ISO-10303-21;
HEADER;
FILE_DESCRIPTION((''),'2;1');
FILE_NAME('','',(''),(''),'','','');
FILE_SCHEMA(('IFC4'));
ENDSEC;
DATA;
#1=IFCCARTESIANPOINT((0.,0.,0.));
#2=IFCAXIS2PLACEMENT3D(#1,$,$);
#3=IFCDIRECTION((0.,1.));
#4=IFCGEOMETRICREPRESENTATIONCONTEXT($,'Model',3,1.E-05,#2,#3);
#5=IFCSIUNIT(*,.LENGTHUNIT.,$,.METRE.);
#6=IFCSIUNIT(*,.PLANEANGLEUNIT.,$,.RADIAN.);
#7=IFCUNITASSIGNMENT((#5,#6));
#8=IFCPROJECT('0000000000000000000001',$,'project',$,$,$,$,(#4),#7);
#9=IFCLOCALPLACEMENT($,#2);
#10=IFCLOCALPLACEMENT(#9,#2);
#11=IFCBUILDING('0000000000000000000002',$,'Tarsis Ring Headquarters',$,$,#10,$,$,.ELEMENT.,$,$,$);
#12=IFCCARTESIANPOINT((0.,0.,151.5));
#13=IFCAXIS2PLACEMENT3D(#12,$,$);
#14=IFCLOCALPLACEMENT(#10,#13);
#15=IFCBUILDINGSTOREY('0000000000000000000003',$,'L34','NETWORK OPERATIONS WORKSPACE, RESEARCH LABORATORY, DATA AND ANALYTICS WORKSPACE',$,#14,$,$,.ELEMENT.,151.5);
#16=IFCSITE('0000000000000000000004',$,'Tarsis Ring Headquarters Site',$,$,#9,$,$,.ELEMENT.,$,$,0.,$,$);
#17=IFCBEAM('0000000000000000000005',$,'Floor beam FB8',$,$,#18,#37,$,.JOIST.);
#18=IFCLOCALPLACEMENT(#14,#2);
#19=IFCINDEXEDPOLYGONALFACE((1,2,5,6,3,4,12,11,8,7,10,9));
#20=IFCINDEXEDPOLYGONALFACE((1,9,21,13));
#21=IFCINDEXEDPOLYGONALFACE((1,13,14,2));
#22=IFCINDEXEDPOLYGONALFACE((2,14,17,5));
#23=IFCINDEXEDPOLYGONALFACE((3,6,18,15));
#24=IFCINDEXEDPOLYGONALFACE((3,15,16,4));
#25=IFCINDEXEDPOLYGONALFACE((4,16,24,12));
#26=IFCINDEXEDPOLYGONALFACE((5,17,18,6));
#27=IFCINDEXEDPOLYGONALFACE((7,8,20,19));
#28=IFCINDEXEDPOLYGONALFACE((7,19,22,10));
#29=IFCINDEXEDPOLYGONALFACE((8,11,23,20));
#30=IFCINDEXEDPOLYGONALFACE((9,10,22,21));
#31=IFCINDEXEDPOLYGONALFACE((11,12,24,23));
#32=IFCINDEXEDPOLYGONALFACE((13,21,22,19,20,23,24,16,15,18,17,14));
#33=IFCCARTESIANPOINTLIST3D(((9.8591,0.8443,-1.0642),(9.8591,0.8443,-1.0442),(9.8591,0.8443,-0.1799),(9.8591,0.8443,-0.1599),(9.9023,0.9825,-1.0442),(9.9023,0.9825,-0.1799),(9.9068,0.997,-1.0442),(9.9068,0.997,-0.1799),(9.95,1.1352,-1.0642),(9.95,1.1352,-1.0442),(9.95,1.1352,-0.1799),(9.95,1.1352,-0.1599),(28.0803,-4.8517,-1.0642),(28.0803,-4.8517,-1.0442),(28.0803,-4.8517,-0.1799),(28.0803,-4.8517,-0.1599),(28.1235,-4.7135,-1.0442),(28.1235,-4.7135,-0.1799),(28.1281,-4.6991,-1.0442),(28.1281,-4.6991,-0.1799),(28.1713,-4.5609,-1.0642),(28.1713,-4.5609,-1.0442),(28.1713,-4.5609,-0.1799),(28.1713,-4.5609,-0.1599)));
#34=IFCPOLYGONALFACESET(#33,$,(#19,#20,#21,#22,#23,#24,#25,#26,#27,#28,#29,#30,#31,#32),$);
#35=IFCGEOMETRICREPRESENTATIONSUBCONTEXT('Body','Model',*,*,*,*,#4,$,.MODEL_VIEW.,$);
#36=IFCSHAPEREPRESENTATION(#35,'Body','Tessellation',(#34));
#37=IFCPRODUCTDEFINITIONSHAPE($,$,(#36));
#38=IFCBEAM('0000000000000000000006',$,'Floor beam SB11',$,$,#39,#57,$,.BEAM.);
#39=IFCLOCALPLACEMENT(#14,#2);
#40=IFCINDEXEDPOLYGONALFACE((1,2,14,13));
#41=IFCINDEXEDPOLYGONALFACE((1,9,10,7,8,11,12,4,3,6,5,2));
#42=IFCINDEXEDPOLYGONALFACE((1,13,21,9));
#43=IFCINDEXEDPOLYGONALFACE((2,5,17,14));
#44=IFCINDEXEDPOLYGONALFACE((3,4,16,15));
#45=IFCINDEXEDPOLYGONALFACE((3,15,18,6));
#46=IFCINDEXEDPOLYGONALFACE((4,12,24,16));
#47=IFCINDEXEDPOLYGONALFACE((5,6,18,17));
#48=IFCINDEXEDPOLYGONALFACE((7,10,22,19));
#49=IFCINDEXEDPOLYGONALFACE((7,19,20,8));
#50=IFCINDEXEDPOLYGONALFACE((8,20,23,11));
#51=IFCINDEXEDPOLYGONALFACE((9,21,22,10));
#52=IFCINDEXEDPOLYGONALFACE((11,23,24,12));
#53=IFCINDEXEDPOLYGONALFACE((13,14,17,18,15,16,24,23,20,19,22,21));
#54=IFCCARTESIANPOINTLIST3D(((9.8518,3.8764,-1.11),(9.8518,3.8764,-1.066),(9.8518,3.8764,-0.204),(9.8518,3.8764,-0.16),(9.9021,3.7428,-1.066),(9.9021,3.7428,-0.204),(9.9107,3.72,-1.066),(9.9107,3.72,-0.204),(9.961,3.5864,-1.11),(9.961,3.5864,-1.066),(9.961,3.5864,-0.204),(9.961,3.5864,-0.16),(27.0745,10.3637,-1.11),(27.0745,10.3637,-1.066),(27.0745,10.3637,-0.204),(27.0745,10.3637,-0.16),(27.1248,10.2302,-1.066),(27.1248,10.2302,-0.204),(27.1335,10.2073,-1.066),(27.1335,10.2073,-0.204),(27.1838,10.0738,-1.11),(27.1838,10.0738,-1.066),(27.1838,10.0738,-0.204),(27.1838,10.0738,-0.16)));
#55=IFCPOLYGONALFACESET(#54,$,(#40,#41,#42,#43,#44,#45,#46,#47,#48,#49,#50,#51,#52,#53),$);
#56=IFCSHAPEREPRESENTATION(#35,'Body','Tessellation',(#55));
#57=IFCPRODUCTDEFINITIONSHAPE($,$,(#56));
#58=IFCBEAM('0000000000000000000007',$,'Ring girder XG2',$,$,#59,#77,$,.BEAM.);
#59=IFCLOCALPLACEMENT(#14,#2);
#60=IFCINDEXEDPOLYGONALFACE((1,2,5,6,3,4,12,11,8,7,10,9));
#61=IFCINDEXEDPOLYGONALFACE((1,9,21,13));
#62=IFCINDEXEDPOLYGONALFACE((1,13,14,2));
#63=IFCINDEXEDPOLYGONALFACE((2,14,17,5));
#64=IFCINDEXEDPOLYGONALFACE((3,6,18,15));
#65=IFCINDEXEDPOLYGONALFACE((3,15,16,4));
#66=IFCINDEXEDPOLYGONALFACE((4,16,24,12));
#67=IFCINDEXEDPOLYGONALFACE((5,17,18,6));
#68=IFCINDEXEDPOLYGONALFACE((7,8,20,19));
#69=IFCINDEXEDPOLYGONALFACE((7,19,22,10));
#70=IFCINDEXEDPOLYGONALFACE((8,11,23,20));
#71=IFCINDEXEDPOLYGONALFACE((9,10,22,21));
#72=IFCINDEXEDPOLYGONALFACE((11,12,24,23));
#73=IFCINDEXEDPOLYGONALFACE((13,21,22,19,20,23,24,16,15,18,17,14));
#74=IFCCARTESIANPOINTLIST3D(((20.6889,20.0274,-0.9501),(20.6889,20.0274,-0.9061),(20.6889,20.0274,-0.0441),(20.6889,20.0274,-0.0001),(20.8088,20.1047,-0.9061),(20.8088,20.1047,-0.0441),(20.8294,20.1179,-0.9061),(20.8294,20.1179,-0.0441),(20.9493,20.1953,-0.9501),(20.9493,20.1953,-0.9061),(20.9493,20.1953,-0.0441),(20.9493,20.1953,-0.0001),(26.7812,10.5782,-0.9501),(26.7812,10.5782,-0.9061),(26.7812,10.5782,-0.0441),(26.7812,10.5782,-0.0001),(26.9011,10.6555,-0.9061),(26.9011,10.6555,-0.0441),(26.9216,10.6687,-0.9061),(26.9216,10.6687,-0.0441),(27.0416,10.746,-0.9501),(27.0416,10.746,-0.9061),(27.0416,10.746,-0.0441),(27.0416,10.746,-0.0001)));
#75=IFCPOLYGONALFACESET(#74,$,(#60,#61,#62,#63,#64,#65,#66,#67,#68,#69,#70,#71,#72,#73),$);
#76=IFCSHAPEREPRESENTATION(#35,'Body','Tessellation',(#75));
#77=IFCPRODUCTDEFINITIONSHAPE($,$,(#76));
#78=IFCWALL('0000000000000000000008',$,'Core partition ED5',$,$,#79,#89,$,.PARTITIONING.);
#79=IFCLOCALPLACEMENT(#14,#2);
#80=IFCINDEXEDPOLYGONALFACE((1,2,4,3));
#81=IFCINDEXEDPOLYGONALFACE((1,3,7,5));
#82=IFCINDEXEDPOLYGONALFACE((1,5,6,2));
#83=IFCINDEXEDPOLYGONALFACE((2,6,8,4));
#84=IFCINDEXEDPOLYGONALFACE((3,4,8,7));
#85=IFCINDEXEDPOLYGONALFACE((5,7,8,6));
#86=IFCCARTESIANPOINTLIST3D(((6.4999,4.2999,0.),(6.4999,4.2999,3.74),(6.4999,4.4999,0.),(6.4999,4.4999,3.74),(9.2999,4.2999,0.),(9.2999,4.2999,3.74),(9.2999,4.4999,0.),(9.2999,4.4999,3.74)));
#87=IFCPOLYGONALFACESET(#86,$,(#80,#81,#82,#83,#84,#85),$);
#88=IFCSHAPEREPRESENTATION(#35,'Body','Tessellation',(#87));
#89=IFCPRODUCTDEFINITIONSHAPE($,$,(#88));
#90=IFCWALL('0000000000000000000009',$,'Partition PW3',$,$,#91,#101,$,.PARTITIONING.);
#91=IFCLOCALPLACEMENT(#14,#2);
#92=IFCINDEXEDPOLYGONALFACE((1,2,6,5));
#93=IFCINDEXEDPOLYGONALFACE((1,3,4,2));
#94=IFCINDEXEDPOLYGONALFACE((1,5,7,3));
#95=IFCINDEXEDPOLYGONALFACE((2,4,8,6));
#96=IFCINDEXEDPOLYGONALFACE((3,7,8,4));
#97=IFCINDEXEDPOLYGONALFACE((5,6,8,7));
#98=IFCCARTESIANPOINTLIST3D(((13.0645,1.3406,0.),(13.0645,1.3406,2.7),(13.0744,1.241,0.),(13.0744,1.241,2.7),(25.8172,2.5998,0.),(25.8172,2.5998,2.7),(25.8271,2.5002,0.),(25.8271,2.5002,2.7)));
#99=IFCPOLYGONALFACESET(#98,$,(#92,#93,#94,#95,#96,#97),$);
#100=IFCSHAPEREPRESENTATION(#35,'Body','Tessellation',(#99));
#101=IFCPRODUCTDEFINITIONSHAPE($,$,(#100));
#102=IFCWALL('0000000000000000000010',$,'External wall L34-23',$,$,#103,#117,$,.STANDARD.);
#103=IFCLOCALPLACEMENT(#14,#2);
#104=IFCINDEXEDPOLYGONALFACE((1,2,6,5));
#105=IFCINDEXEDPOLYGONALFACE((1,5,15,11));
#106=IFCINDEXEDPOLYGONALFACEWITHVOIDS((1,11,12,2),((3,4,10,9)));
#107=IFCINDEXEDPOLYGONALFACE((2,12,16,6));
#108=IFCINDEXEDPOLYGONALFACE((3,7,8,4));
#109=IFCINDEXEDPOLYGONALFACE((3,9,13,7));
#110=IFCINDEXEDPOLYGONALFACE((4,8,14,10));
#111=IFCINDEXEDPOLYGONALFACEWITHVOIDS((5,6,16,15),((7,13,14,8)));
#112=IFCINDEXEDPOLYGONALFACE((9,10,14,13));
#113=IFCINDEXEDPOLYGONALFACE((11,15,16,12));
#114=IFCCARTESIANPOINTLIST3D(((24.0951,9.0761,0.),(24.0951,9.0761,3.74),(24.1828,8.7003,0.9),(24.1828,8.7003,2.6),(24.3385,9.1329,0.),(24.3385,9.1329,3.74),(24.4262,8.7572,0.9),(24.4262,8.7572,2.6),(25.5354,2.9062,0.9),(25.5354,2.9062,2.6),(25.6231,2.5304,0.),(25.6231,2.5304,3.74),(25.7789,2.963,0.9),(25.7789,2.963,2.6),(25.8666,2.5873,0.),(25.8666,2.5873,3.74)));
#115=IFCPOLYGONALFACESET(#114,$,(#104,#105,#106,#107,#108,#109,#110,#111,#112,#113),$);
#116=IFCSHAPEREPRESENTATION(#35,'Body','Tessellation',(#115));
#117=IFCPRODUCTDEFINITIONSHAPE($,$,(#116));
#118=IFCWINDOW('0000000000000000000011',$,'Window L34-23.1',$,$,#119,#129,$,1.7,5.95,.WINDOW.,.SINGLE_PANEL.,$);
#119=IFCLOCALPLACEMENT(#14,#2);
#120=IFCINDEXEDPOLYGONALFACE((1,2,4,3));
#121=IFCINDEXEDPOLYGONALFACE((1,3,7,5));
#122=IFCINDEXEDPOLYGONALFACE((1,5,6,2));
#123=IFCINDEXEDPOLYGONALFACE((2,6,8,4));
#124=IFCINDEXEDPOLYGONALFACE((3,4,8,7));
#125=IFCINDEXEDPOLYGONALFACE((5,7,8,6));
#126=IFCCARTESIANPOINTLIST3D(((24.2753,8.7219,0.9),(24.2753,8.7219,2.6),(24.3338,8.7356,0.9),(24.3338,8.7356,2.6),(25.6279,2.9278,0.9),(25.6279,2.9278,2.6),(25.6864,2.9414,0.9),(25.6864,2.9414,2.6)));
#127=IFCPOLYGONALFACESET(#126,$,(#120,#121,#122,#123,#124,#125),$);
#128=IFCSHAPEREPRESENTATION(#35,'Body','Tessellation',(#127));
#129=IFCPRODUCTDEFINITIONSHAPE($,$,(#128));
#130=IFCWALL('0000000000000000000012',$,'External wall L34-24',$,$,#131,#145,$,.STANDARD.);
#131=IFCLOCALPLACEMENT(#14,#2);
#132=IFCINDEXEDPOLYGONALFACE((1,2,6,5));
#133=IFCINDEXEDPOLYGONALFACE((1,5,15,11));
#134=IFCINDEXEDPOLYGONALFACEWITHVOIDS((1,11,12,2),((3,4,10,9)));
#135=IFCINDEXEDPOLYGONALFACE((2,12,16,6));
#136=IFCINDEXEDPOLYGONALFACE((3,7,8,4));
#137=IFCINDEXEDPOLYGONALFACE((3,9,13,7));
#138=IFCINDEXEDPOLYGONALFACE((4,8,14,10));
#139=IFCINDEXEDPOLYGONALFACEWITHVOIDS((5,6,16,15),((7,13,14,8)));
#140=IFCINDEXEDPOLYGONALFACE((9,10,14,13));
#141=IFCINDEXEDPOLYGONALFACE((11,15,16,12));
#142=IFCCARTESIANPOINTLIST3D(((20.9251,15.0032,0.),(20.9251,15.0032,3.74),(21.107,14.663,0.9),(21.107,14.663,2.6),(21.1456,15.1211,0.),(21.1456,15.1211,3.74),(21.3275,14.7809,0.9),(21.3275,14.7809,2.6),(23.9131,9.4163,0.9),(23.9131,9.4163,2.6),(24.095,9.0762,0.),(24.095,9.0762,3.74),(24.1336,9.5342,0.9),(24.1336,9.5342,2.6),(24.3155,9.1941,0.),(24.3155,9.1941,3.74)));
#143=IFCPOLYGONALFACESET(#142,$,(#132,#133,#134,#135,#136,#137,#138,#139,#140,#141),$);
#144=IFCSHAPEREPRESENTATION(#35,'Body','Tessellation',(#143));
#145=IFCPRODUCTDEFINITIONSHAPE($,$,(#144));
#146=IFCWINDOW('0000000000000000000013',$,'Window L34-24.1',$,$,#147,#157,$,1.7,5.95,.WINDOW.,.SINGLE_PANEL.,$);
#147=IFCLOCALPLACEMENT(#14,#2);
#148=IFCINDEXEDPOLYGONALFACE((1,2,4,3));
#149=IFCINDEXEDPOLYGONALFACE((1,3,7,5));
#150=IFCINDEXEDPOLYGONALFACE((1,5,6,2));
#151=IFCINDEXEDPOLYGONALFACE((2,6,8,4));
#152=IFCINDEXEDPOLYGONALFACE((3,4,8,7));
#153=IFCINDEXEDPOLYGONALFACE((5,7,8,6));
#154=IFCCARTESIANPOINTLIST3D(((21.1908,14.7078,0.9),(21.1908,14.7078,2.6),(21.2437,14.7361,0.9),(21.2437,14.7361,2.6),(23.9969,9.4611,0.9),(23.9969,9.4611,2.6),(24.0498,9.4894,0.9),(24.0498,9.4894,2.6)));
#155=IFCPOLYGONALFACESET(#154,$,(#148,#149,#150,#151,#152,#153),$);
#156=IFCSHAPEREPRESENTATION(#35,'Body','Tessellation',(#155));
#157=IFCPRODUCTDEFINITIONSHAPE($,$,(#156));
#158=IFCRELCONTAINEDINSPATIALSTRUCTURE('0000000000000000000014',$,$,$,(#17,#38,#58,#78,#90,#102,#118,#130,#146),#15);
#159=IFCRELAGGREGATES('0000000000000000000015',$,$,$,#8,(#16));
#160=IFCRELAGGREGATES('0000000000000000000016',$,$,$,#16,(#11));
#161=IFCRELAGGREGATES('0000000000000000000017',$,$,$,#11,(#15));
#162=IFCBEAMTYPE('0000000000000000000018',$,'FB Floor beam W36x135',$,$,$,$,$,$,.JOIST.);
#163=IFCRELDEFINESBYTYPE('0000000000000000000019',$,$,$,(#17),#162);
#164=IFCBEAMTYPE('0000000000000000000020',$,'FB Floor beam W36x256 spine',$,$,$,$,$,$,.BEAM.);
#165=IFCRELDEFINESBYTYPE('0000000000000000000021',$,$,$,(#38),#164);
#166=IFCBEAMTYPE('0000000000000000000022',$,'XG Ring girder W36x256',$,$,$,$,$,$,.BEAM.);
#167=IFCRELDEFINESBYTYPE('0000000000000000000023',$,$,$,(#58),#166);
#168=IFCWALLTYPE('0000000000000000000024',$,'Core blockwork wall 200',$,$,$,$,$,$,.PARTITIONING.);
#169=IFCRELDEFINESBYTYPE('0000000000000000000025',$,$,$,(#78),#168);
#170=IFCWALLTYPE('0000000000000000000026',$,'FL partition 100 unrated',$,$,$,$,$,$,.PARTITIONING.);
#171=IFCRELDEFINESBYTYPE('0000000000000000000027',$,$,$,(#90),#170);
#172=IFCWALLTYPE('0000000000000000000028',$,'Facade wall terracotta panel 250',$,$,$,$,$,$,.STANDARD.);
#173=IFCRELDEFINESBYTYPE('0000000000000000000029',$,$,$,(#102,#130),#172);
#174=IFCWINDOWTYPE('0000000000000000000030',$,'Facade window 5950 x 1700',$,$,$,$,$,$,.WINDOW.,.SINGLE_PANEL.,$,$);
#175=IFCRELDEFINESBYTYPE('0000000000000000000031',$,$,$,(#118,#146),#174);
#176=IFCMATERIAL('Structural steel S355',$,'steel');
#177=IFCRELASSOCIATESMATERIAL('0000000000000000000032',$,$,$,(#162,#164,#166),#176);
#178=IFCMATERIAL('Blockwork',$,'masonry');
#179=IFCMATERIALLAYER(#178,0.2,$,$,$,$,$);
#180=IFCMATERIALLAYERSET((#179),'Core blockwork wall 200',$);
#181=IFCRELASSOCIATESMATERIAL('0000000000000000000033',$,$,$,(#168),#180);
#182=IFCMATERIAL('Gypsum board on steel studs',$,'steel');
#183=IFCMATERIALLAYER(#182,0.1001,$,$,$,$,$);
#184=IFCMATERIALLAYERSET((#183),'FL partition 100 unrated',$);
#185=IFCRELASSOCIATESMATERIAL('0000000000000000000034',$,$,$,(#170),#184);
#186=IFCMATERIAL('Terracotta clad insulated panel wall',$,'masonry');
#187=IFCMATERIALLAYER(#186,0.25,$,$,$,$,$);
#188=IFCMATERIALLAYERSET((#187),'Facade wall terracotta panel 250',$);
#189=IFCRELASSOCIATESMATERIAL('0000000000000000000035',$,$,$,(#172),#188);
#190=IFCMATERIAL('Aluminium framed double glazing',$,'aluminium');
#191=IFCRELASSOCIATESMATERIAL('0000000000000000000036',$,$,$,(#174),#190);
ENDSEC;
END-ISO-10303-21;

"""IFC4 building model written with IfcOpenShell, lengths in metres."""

from ifc_helpers import new_model, si_unit, direction, frame, frame_2d, origin, origin_2d, place, context, subcontext, project, spatial, rectangle, i_section, extrude, material, layer, layer_set, material_profile, profile_set, type_object, element, fill, save


model = new_model("IFC4")

# Units and contexts
model_context = context("Model", 3, precision=1e-05, world=origin(), true_north=direction((0.0, 1.0)))
body_context = subcontext(model_context, "Body", "Model", "MODEL_VIEW")
ifc_project = project(units=[si_unit("LENGTHUNIT", "METRE"), si_unit("PLANEANGLEUNIT", "RADIAN")], contexts=[model_context])

# Site, building, storey
site_placement = place(None, origin())
site = spatial("IfcSite", under=ifc_project, at=site_placement, Name="Tarsis Ring Headquarters Site", CompositionType="ELEMENT", RefElevation=0.0)
building_placement = place(site_placement, origin())
building = spatial("IfcBuilding", under=site, at=building_placement, Name="Tarsis Ring Headquarters", CompositionType="ELEMENT")
storey_placement = place(building_placement, frame((0.0, 0.0, 151.5)))
storey = spatial("IfcBuildingStorey", under=building, at=storey_placement, Name="L34", Description="NETWORK OPERATIONS WORKSPACE, RESEARCH LABORATORY, DATA AND ANALYTICS WORKSPACE", CompositionType="ELEMENT", Elevation=151.5)

# Shared definitions
ifc_material_1 = material(Name="Structural steel S355", Category="steel")

# Beams
ifc_material_profile_1 = material_profile(ifc_material_1, i_section(OverallWidth=0.3047, OverallDepth=0.9043, WebThickness=0.0151, FlangeThickness=0.02, at=origin_2d()), Name="W36x135")
ifc_profile_set_1 = profile_set([ifc_material_profile_1], Name="Structural steel S355")
beam_type_1 = type_object("IfcBeamType", Name="FB Floor beam W36x135", PredefinedType="JOIST", material=ifc_profile_set_1)
beam_1_placement = place(storey_placement, frame((9.9045, 0.9897, -0.6121), z_axis=(0.954451, -0.298367, 0.0), x_axis=(0.298367, 0.954451, 0.0)))
element("IfcBeam", 1, at=beam_1_placement, inside=storey, type_object=beam_type_1, Name="Floor beam FB8", PredefinedType="JOIST", context=body_context, shape_type="SweptSolid", body=[
    extrude(i_section(OverallWidth=0.3047, OverallDepth=0.9043, WebThickness=0.0151, FlangeThickness=0.02, at=origin_2d()), origin(), (0.0, 0.0, 1.0), 19.0908),
])
ifc_material_profile_2 = material_profile(ifc_material_1, i_section(OverallWidth=0.3098, OverallDepth=0.95, WebThickness=0.0244, FlangeThickness=0.0439, at=origin_2d()), Name="W36x256")
ifc_profile_set_2 = profile_set([ifc_material_profile_2], Name="Structural steel S355")
beam_type_2 = type_object("IfcBeamType", Name="FB Floor beam W36x256 spine", PredefinedType="BEAM", material=ifc_profile_set_2)
beam_2_placement = place(storey_placement, frame((27.1292, 10.2188, -0.635), z_axis=(-0.935814, -0.352495, 0.0), x_axis=(0.352495, -0.935814, 0.0)))
element("IfcBeam", 2, at=beam_2_placement, inside=storey, type_object=beam_type_2, Name="Floor beam SB11", PredefinedType="BEAM", context=body_context, shape_type="SweptSolid", body=[
    extrude(i_section(OverallWidth=0.3098, OverallDepth=0.95, WebThickness=0.0244, FlangeThickness=0.0439, at=origin_2d()), origin(), (0.0, 0.0, 1.0), 18.4041),
])
beam_type_3 = type_object("IfcBeamType", Name="XG Ring girder W36x256", PredefinedType="BEAM", material=ifc_profile_set_2)
beam_3_placement = place(storey_placement, frame((26.9114, 10.6621, -0.4751), z_axis=(-0.541877, 0.840458, 0.0), x_axis=(-0.840458, -0.541877, 0.0)))
element("IfcBeam", 3, at=beam_3_placement, inside=storey, type_object=beam_type_3, Name="Ring girder XG2", PredefinedType="BEAM", context=body_context, shape_type="SweptSolid", body=[
    extrude(i_section(OverallWidth=0.3098, OverallDepth=0.95, WebThickness=0.0244, FlangeThickness=0.0439, at=origin_2d()), origin(), (0.0, 0.0, 1.0), 11.2429),
])

# Walls
ifc_material_2 = material(Name="Blockwork", Category="masonry")
ifc_layer_1 = layer(ifc_material_2, 0.2)
ifc_layer_set_1 = layer_set([ifc_layer_1], Name="Core blockwork wall 200")
wall_type_1 = type_object("IfcWallType", Name="Core blockwork wall 200", PredefinedType="PARTITIONING", material=ifc_layer_set_1)
wall_1_placement = place(storey_placement, frame((6.5, 4.3999, 0.0), z_axis=(0.0, 0.0, 1.0), x_axis=(1.0, 0.0, 0.0)))
element("IfcWall", 4, at=wall_1_placement, inside=storey, type_object=wall_type_1, Name="Core partition ED5", PredefinedType="PARTITIONING", context=body_context, shape_type="SweptSolid", body=[
    extrude(rectangle(XDim=2.8, YDim=0.2, at=frame_2d((1.3999, 0.0))), origin(), (0.0, 0.0, 1.0), 3.74),
])
ifc_material_3 = material(Name="Gypsum board on steel studs", Category="steel")
ifc_layer_2 = layer(ifc_material_3, 0.1001)
ifc_layer_set_2 = layer_set([ifc_layer_2], Name="FL partition 100 unrated")
wall_type_2 = type_object("IfcWallType", Name="FL partition 100 unrated", PredefinedType="PARTITIONING", material=ifc_layer_set_2)
wall_2_placement = place(storey_placement, frame((13.0696, 1.2908, 0.0), z_axis=(0.0, 0.0, 1.0), x_axis=(0.99516, 0.098268, 0.0)))
element("IfcWall", 5, at=wall_2_placement, inside=storey, type_object=wall_type_2, Name="Partition PW3", PredefinedType="PARTITIONING", context=body_context, shape_type="SweptSolid", body=[
    extrude(rectangle(XDim=12.8147, YDim=0.1001, at=frame_2d((6.4072, 0.0))), origin(), (0.0, 0.0, 1.0), 2.7),
])

# Walls, openings, windows
ifc_material_4 = material(Name="Terracotta clad insulated panel wall", Category="masonry")
ifc_layer_3 = layer(ifc_material_4, 0.25)
ifc_layer_set_3 = layer_set([ifc_layer_3], Name="Facade wall terracotta panel 250")
wall_type_3 = type_object("IfcWallType", Name="Facade wall terracotta panel 250", PredefinedType="STANDARD", material=ifc_layer_set_3)
wall_3_placement = place(storey_placement, frame((25.7449, 2.5588, 0.0), z_axis=(0.0, 0.0, 1.0), x_axis=(-0.227336, 0.973816, 0.0)))
wall_3 = element("IfcWall", 6, at=wall_3_placement, inside=storey, type_object=wall_type_3, Name="External wall L34-23", PredefinedType="STANDARD", context=body_context, shape_type="SweptSolid", body=[
    extrude(rectangle(XDim=6.7217, YDim=0.25, at=frame_2d((3.3608, 0.0))), origin(), (0.0, 0.0, 1.0), 3.74),
])
opening_1_placement = place(wall_3_placement, frame((0.3857, 0.0, 0.8999)))
opening_1 = element("IfcOpeningElement", 7, at=opening_1_placement, cuts=wall_3, PredefinedType="OPENING", context=body_context, shape_type="SweptSolid", body=[
    extrude(rectangle(XDim=5.95, YDim=1.7, at=frame_2d((2.9751, 0.8501))), frame((0.0, 0.135, 0.0), z_axis=(0.0, -1.0, 0.0), x_axis=(1.0, 0.0, 0.0)), (0.0, 0.0, 1.0), 0.27),
])
ifc_material_5 = material(Name="Aluminium framed double glazing", Category="aluminium")
window_type = type_object("IfcWindowType", Name="Facade window 5950 x 1700", PartitioningType="SINGLE_PANEL", PredefinedType="WINDOW", material=ifc_material_5)
window_1_placement = place(opening_1_placement, origin())
window_1 = element("IfcWindow", 8, at=window_1_placement, inside=storey, type_object=window_type, Name="Window L34-23.1", OverallHeight=1.7, OverallWidth=5.95, PartitioningType="SINGLE_PANEL", PredefinedType="WINDOW", context=body_context, shape_type="SweptSolid", body=[
    extrude(rectangle(XDim=5.95, YDim=1.7, at=frame_2d((2.9751, 0.8501))), frame((0.0, 0.03, 0.0), z_axis=(0.0, -1.0, 0.0), x_axis=(1.0, 0.0, 0.0)), (0.0, 0.0, 1.0), 0.0601),
])
fill(opening_1, window_1)
wall_4_placement = place(storey_placement, frame((24.2053, 9.135, 0.0), z_axis=(0.0, 0.0, 1.0), x_axis=(-0.471613, 0.881805, 0.0)))
wall_4 = element("IfcWall", 9, at=wall_4_placement, inside=storey, type_object=wall_type_3, Name="External wall L34-24", PredefinedType="STANDARD", context=body_context, shape_type="SweptSolid", body=[
    extrude(rectangle(XDim=6.7214, YDim=0.25, at=frame_2d((3.3608, 0.0))), origin(), (0.0, 0.0, 1.0), 3.74),
])
opening_2_placement = place(wall_4_placement, frame((0.3857, 0.0, 0.8999)))
opening_2 = element("IfcOpeningElement", 10, at=opening_2_placement, cuts=wall_4, PredefinedType="OPENING", context=body_context, shape_type="SweptSolid", body=[
    extrude(rectangle(XDim=5.95, YDim=1.7, at=frame_2d((2.9751, 0.8501))), frame((0.0, 0.135, 0.0), z_axis=(0.0, -1.0, 0.0), x_axis=(1.0, 0.0, 0.0)), (0.0, 0.0, 1.0), 0.27),
])
window_2_placement = place(opening_2_placement, origin())
window_2 = element("IfcWindow", 11, at=window_2_placement, inside=storey, type_object=window_type, Name="Window L34-24.1", OverallHeight=1.7, OverallWidth=5.95, PartitioningType="SINGLE_PANEL", PredefinedType="WINDOW", context=body_context, shape_type="SweptSolid", body=[
    extrude(rectangle(XDim=5.95, YDim=1.7, at=frame_2d((2.9751, 0.8501))), frame((0.0, 0.03, 0.0), z_axis=(0.0, -1.0, 0.0), x_axis=(1.0, 0.0, 0.0)), (0.0, 0.0, 1.0), 0.0601),
])
fill(opening_2, window_2)

save(model, "model.ifc")
